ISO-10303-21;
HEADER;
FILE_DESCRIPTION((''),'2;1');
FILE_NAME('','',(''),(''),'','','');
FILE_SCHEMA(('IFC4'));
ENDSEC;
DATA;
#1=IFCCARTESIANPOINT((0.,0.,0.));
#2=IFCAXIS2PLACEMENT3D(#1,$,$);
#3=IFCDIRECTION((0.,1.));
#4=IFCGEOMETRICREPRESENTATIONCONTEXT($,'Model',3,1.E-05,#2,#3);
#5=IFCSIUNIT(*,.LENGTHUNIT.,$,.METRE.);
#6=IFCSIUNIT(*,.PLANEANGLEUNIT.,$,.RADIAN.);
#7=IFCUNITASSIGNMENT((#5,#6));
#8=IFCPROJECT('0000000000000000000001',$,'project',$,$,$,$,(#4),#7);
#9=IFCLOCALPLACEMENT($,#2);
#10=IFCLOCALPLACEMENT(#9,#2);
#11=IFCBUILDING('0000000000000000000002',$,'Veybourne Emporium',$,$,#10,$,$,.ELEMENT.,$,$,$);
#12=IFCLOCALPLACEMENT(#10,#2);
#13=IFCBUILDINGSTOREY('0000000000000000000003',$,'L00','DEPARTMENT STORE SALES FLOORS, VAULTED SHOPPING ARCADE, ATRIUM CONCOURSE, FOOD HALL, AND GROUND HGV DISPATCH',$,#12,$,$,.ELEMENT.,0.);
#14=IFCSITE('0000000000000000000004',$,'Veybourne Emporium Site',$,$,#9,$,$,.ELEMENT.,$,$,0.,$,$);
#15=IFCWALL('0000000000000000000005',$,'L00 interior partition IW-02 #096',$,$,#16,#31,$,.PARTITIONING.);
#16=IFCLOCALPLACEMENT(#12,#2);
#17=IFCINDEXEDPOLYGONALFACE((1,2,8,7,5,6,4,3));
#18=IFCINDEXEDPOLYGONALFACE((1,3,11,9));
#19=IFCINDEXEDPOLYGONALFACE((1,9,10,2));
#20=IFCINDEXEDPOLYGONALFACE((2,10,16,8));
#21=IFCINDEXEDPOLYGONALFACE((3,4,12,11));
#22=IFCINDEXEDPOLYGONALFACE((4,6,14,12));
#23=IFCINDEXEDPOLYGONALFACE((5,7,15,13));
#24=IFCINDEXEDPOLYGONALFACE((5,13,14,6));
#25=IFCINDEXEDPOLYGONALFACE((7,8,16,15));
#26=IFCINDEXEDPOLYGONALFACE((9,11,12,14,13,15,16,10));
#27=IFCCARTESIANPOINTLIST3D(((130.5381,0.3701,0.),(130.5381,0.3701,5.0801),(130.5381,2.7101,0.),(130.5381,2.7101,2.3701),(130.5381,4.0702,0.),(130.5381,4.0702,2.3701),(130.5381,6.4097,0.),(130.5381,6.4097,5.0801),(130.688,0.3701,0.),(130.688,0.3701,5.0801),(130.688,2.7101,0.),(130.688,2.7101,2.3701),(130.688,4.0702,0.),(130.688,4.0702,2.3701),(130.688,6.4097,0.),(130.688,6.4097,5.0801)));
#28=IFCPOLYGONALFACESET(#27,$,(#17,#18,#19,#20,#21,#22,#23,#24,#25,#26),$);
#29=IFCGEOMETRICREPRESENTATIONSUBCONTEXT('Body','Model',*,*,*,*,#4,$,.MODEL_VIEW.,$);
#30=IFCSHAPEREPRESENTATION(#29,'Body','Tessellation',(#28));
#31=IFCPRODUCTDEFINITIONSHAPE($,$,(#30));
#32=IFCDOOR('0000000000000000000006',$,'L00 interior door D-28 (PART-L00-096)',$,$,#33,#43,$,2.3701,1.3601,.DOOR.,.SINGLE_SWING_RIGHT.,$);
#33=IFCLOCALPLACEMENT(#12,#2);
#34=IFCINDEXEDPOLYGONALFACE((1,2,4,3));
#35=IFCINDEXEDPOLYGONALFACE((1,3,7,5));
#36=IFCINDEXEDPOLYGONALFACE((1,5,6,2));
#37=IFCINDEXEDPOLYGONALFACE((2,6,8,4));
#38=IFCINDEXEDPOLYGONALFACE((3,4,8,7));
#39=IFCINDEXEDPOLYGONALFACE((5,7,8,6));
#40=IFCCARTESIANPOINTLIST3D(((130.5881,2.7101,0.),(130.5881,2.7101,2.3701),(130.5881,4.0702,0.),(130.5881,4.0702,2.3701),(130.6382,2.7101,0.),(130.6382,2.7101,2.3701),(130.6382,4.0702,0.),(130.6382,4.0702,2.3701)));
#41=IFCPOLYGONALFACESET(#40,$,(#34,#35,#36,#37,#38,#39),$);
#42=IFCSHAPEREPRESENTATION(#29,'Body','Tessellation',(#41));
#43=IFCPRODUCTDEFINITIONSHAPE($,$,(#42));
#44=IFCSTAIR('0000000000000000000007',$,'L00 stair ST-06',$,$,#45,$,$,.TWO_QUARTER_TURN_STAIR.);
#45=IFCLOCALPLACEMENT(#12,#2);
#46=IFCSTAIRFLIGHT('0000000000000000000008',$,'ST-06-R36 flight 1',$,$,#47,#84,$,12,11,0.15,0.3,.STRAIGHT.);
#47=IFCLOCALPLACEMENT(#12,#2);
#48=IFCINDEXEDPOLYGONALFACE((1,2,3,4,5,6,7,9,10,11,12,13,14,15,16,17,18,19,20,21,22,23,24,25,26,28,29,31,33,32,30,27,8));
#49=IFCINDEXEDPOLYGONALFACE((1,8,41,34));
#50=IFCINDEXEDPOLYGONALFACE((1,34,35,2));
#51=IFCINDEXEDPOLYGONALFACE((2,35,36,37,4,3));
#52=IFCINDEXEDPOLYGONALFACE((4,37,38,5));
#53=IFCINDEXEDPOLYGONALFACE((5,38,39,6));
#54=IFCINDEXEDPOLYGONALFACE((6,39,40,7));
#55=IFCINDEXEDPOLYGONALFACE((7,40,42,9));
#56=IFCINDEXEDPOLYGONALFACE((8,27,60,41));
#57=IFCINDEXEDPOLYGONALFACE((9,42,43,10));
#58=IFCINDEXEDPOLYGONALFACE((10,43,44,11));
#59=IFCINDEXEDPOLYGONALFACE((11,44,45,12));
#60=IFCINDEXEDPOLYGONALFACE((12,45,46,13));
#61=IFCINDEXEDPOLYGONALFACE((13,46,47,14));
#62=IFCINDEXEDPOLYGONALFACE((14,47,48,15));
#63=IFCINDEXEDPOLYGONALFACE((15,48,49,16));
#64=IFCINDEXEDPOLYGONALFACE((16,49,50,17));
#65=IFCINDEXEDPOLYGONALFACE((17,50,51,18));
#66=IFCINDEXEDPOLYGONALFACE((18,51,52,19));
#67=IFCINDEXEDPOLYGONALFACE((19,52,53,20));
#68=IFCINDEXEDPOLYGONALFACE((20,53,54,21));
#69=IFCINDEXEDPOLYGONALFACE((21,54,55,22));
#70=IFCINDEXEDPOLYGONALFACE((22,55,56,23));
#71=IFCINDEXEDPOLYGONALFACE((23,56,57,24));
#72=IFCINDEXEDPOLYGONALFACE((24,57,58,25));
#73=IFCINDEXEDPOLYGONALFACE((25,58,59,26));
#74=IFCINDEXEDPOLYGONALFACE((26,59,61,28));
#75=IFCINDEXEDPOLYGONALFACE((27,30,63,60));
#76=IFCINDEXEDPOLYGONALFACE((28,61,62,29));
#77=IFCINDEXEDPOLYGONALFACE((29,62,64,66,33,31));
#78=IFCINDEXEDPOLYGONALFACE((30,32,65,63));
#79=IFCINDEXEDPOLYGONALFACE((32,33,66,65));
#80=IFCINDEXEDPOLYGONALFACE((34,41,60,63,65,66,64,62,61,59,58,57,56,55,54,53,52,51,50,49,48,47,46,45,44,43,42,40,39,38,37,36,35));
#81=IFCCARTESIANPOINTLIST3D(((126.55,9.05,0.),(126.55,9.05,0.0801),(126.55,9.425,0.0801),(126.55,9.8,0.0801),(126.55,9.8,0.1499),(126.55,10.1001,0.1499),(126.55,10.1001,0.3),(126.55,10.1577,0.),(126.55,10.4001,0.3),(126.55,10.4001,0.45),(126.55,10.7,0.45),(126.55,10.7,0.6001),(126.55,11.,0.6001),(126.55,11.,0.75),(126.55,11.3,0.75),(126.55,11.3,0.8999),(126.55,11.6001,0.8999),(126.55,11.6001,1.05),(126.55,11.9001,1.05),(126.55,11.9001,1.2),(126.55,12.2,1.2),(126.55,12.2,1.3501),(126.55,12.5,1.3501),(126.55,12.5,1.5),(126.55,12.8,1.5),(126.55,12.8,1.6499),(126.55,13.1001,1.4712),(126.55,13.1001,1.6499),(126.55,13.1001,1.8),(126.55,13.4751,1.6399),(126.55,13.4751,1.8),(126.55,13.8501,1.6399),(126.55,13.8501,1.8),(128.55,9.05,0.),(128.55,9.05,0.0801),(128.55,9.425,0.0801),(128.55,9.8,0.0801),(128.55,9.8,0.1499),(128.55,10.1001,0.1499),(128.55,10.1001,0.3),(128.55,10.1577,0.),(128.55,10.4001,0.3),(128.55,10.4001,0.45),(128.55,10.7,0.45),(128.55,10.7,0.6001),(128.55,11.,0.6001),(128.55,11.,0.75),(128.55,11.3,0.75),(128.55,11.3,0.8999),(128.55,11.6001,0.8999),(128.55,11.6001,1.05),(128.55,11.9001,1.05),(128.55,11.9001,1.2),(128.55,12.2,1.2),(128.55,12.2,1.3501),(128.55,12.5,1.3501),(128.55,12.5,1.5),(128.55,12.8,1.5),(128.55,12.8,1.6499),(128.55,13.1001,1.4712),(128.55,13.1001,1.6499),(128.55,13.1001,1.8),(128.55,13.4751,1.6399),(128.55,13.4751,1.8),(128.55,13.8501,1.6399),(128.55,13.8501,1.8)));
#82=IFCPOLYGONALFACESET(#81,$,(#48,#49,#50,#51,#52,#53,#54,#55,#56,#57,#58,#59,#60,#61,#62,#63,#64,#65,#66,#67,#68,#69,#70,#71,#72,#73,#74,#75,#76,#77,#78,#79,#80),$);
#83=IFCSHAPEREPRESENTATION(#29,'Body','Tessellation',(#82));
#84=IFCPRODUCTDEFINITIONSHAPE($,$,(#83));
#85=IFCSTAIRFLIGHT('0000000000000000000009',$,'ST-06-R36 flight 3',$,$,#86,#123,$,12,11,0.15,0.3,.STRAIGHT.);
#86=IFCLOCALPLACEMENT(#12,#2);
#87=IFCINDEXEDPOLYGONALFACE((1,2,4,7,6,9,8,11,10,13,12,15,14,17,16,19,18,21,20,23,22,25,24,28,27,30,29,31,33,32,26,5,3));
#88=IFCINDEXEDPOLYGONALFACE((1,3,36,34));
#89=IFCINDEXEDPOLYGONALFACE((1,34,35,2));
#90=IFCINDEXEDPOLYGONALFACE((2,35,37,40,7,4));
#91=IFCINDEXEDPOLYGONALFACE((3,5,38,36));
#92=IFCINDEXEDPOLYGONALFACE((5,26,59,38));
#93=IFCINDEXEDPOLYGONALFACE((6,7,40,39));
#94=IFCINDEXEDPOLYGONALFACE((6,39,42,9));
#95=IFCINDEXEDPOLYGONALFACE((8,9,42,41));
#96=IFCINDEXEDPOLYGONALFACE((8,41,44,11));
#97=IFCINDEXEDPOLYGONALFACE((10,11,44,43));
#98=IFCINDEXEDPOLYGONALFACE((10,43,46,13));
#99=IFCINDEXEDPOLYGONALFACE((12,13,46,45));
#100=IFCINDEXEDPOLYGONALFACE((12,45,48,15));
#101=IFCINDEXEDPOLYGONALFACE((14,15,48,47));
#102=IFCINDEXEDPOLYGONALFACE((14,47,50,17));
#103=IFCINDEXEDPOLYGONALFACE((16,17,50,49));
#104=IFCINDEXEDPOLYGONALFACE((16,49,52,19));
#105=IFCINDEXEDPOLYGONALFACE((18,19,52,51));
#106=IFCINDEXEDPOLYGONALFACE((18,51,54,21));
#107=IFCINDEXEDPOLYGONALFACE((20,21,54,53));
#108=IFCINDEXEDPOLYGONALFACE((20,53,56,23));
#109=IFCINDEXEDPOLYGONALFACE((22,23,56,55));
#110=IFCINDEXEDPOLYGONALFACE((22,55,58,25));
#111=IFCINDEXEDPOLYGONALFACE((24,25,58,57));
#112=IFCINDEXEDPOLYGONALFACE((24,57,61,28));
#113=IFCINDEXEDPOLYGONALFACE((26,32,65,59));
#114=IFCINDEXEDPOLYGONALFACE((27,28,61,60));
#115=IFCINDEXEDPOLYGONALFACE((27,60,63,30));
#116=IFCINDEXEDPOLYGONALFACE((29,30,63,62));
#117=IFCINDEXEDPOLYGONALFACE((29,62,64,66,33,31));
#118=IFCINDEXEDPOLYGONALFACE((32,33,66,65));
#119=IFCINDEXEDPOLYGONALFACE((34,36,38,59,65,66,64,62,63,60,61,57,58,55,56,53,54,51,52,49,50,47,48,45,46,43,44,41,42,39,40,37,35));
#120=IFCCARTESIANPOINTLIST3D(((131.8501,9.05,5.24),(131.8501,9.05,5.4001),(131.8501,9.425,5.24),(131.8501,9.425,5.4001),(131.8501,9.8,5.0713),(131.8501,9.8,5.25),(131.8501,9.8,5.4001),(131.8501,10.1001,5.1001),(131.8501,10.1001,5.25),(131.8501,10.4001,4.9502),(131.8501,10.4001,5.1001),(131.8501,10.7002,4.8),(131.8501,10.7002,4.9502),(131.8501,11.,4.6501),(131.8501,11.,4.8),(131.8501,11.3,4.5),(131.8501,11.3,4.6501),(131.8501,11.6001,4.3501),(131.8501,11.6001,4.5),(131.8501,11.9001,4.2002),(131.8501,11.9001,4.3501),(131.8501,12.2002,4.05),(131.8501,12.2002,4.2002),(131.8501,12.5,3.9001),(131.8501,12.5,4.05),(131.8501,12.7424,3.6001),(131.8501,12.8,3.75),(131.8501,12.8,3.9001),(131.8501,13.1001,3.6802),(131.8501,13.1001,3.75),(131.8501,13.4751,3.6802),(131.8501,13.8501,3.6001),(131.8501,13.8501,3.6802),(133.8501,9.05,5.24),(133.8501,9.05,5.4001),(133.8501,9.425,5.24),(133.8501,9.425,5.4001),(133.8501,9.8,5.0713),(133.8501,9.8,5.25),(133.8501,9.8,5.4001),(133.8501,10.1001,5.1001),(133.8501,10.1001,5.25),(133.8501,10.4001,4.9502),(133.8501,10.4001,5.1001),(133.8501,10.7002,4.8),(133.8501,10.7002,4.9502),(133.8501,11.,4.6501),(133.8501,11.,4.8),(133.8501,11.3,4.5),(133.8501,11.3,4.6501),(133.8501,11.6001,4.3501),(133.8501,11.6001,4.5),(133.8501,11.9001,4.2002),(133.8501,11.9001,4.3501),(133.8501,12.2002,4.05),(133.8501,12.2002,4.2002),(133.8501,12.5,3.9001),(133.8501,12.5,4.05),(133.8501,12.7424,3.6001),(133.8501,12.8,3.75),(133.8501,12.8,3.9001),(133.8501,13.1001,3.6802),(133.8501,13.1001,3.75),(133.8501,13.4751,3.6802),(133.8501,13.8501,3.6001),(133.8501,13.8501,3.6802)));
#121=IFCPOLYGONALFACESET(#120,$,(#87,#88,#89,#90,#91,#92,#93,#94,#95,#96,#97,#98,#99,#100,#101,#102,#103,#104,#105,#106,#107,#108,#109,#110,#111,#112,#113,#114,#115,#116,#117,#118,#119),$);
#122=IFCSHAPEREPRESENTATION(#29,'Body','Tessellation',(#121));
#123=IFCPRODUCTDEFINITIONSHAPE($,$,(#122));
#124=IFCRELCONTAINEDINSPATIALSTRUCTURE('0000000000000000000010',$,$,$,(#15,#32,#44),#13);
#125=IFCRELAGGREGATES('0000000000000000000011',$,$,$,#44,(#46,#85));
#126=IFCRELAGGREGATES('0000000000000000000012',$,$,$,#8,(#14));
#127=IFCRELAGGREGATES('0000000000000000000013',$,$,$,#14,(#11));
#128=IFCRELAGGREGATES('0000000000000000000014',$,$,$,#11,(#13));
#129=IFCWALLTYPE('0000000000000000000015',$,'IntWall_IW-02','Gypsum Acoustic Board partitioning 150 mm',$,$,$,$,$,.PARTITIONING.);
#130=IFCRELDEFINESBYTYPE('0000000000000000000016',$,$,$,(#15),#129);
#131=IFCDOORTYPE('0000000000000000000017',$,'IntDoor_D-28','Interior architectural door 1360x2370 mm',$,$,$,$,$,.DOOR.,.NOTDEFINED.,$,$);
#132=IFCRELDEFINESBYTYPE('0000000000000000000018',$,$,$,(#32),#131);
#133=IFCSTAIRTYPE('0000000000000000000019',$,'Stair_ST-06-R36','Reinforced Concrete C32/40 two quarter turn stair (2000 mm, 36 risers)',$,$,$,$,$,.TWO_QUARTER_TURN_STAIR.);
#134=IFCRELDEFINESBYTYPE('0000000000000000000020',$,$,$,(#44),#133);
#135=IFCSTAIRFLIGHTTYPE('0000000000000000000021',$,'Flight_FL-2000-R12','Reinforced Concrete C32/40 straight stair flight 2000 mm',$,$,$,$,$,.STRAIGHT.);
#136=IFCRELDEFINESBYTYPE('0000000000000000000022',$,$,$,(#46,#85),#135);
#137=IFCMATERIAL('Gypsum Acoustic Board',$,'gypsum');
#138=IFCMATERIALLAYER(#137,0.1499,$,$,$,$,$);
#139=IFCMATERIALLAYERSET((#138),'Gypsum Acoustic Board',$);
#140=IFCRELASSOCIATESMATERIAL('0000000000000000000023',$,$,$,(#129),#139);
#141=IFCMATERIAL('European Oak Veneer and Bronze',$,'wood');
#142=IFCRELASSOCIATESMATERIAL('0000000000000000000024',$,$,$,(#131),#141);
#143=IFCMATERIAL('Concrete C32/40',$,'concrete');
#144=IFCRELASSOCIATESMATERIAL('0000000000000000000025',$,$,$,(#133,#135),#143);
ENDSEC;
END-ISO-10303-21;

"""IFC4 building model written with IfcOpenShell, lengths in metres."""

from ifc_helpers import new_model, si_unit, direction, frame, frame_2d, origin, place, context, subcontext, project, spatial, polyline, rectangle, outline, extrude, material, layer, layer_set, type_object, element, fill, aggregate, save


model = new_model("IFC4")

# Units and contexts
model_context = context("Model", 3, precision=1e-05, world=origin(), true_north=direction((0.0, 1.0)))
body_context = subcontext(model_context, "Body", "Model", "MODEL_VIEW")
ifc_project = project(units=[si_unit("LENGTHUNIT", "METRE"), si_unit("PLANEANGLEUNIT", "RADIAN")], contexts=[model_context])

# Site, building, storey
site_placement = place(None, origin())
site = spatial("IfcSite", under=ifc_project, at=site_placement, Name="Veybourne Emporium Site", CompositionType="ELEMENT", RefElevation=0.0)
building_placement = place(site_placement, origin())
building = spatial("IfcBuilding", under=site, at=building_placement, Name="Veybourne Emporium", CompositionType="ELEMENT")
storey_placement = place(building_placement, origin())
storey = spatial("IfcBuildingStorey", under=building, at=storey_placement, Name="L00", Description="DEPARTMENT STORE SALES FLOORS, VAULTED SHOPPING ARCADE, ATRIUM CONCOURSE, FOOD HALL, AND GROUND HGV DISPATCH", CompositionType="ELEMENT", Elevation=0.0)

# Shared definitions
ifc_material_1 = material(Name="Concrete C32/40", Category="concrete")

# Wall, opening, door
ifc_material_2 = material(Name="Gypsum Acoustic Board", Category="gypsum")
ifc_material_3 = material(Name="European Oak Veneer and Bronze", Category="wood")
ifc_layer_1 = layer(ifc_material_2, 0.1499)
ifc_layer_set_1 = layer_set([ifc_layer_1], Name="Gypsum Acoustic Board")
wall_type_1 = type_object("IfcWallType", Name="IntWall_IW-02", Description="Gypsum Acoustic Board partitioning 150 mm", PredefinedType="PARTITIONING", material=ifc_layer_set_1)
wall_1_placement = place(storey_placement, frame((130.613, 0.3701, 0.0), z_axis=(0.0, 0.0, 1.0), x_axis=(0.0, 1.0, 0.0)))
wall_1 = element("IfcWall", 1, at=wall_1_placement, inside=storey, type_object=wall_type_1, Name="L00 interior partition IW-02 #096", PredefinedType="PARTITIONING", context=body_context, shape_type="SweptSolid", body=[
    extrude(rectangle(XDim=6.0396, YDim=0.1499, at=frame_2d((3.0198, 0.0))), origin(), (0.0, 0.0, 1.0), 5.0801),
])
opening_1_placement = place(wall_1_placement, frame((2.3398, 0.0, 0.0)))
opening_1 = element("IfcOpeningElement", 2, at=opening_1_placement, cuts=wall_1, PredefinedType="OPENING", context=body_context, shape_type="SweptSolid", body=[
    extrude(rectangle(XDim=1.3601, YDim=2.3701, at=frame_2d((0.6802, 1.1851))), frame((0.0, 0.095, 0.0), z_axis=(0.0, -1.0, 0.0), x_axis=(1.0, 0.0, 0.0)), (0.0, 0.0, 1.0), 0.1899),
])
door_type_1 = type_object("IfcDoorType", Name="IntDoor_D-28", Description="Interior architectural door 1360x2370 mm", OperationType="NOTDEFINED", PredefinedType="DOOR", material=ifc_material_3)
door_1_placement = place(opening_1_placement, origin())
door_1 = element("IfcDoor", 3, at=door_1_placement, inside=storey, type_object=door_type_1, Name="L00 interior door D-28 (PART-L00-096)", OperationType="SINGLE_SWING_RIGHT", OverallHeight=2.3701, OverallWidth=1.3601, PredefinedType="DOOR", context=body_context, shape_type="SweptSolid", body=[
    extrude(rectangle(XDim=1.3601, YDim=2.3701, at=frame_2d((0.6802, 1.1851))), frame((0.0, 0.0249, 0.0), z_axis=(0.0, -1.0, 0.0), x_axis=(1.0, 0.0, 0.0)), (0.0, 0.0, 1.0), 0.05),
])
fill(opening_1, door_1)

# Stair, stair flights
stair_type = type_object("IfcStairType", Name="Stair_ST-06-R36", Description="Reinforced Concrete C32/40 two quarter turn stair (2000 mm, 36 risers)", PredefinedType="TWO_QUARTER_TURN_STAIR", material=ifc_material_1)
stair_placement = place(storey_placement, origin())
stair = element("IfcStair", 4, at=stair_placement, inside=storey, type_object=stair_type, Name="L00 stair ST-06", PredefinedType="TWO_QUARTER_TURN_STAIR")
stair_flight_type = type_object("IfcStairFlightType", Name="Flight_FL-2000-R12", Description="Reinforced Concrete C32/40 straight stair flight 2000 mm", PredefinedType="STRAIGHT", material=ifc_material_1)
stair_flight_1_placement = place(storey_placement, frame((127.55, 9.8, 0.0), z_axis=(0.0, 0.0, 1.0), x_axis=(0.0, 1.0, 0.0)))
stair_flight_1 = element("IfcStairFlight", 5, at=stair_flight_1_placement, type_object=stair_flight_type, Name="ST-06-R36 flight 1", NumberOfRisers=12, NumberOfTreads=11, PredefinedType="STRAIGHT", RiserHeight=0.15, TreadLength=0.3, context=body_context, shape_type="SweptSolid", body=[
    extrude(outline(polyline([(-0.75, 0.0), (-0.75, 0.0801), (-0.375, 0.0801), (0.0, 0.0801), (0.0, 0.1499), (0.3, 0.1499), (0.3, 0.3), (0.6001, 0.3), (0.6001, 0.45), (0.8999, 0.45), (0.8999, 0.6001), (1.2, 0.6001), (1.2, 0.75), (1.5, 0.75), (1.5, 0.8999), (1.8, 0.8999), (1.8, 1.05), (2.1001, 1.05), (2.1001, 1.2), (2.3999, 1.2), (2.3999, 1.3501), (2.7, 1.3501), (2.7, 1.5), (3.0, 1.5), (3.0, 1.6499), (3.3, 1.6499), (3.3, 1.8), (3.675, 1.8), (4.05, 1.8), (4.05, 1.6399), (3.675, 1.6399), (3.3, 1.4712), (0.3577, 0.0), (-0.75, 0.0)])), frame((0.0, 1.0, 0.0), z_axis=(0.0, -1.0, 0.0), x_axis=(1.0, 0.0, 0.0)), (0.0, 0.0, 1.0), 2.0),
])
stair_flight_2_placement = place(storey_placement, frame((132.8501, 13.1001, 3.6001), z_axis=(0.0, 0.0, 1.0), x_axis=(0.0, -1.0, 0.0)))
stair_flight_2 = element("IfcStairFlight", 6, at=stair_flight_2_placement, type_object=stair_flight_type, Name="ST-06-R36 flight 3", NumberOfRisers=12, NumberOfTreads=11, PredefinedType="STRAIGHT", RiserHeight=0.15, TreadLength=0.3, context=body_context, shape_type="SweptSolid", body=[
    extrude(outline(polyline([(-0.75, 0.0), (-0.75, 0.0801), (-0.375, 0.0801), (0.0, 0.0801), (0.0, 0.1499), (0.3, 0.1499), (0.3, 0.3), (0.6001, 0.3), (0.6001, 0.45), (0.8999, 0.45), (0.8999, 0.6001), (1.2, 0.6001), (1.2, 0.75), (1.5, 0.75), (1.5, 0.8999), (1.8, 0.8999), (1.8, 1.05), (2.1001, 1.05), (2.1001, 1.2), (2.3999, 1.2), (2.3999, 1.3501), (2.7, 1.3501), (2.7, 1.5), (3.0, 1.5), (3.0, 1.6499), (3.3, 1.6499), (3.3, 1.8), (3.675, 1.8), (4.05, 1.8), (4.05, 1.6399), (3.675, 1.6399), (3.3, 1.4712), (0.3577, 0.0), (-0.75, 0.0)])), frame((0.0, 1.0, 0.0), z_axis=(0.0, -1.0, 0.0), x_axis=(1.0, 0.0, 0.0)), (0.0, 0.0, 1.0), 2.0),
])
aggregate(stair, [stair_flight_1, stair_flight_2])

save(model, "model.ifc")
